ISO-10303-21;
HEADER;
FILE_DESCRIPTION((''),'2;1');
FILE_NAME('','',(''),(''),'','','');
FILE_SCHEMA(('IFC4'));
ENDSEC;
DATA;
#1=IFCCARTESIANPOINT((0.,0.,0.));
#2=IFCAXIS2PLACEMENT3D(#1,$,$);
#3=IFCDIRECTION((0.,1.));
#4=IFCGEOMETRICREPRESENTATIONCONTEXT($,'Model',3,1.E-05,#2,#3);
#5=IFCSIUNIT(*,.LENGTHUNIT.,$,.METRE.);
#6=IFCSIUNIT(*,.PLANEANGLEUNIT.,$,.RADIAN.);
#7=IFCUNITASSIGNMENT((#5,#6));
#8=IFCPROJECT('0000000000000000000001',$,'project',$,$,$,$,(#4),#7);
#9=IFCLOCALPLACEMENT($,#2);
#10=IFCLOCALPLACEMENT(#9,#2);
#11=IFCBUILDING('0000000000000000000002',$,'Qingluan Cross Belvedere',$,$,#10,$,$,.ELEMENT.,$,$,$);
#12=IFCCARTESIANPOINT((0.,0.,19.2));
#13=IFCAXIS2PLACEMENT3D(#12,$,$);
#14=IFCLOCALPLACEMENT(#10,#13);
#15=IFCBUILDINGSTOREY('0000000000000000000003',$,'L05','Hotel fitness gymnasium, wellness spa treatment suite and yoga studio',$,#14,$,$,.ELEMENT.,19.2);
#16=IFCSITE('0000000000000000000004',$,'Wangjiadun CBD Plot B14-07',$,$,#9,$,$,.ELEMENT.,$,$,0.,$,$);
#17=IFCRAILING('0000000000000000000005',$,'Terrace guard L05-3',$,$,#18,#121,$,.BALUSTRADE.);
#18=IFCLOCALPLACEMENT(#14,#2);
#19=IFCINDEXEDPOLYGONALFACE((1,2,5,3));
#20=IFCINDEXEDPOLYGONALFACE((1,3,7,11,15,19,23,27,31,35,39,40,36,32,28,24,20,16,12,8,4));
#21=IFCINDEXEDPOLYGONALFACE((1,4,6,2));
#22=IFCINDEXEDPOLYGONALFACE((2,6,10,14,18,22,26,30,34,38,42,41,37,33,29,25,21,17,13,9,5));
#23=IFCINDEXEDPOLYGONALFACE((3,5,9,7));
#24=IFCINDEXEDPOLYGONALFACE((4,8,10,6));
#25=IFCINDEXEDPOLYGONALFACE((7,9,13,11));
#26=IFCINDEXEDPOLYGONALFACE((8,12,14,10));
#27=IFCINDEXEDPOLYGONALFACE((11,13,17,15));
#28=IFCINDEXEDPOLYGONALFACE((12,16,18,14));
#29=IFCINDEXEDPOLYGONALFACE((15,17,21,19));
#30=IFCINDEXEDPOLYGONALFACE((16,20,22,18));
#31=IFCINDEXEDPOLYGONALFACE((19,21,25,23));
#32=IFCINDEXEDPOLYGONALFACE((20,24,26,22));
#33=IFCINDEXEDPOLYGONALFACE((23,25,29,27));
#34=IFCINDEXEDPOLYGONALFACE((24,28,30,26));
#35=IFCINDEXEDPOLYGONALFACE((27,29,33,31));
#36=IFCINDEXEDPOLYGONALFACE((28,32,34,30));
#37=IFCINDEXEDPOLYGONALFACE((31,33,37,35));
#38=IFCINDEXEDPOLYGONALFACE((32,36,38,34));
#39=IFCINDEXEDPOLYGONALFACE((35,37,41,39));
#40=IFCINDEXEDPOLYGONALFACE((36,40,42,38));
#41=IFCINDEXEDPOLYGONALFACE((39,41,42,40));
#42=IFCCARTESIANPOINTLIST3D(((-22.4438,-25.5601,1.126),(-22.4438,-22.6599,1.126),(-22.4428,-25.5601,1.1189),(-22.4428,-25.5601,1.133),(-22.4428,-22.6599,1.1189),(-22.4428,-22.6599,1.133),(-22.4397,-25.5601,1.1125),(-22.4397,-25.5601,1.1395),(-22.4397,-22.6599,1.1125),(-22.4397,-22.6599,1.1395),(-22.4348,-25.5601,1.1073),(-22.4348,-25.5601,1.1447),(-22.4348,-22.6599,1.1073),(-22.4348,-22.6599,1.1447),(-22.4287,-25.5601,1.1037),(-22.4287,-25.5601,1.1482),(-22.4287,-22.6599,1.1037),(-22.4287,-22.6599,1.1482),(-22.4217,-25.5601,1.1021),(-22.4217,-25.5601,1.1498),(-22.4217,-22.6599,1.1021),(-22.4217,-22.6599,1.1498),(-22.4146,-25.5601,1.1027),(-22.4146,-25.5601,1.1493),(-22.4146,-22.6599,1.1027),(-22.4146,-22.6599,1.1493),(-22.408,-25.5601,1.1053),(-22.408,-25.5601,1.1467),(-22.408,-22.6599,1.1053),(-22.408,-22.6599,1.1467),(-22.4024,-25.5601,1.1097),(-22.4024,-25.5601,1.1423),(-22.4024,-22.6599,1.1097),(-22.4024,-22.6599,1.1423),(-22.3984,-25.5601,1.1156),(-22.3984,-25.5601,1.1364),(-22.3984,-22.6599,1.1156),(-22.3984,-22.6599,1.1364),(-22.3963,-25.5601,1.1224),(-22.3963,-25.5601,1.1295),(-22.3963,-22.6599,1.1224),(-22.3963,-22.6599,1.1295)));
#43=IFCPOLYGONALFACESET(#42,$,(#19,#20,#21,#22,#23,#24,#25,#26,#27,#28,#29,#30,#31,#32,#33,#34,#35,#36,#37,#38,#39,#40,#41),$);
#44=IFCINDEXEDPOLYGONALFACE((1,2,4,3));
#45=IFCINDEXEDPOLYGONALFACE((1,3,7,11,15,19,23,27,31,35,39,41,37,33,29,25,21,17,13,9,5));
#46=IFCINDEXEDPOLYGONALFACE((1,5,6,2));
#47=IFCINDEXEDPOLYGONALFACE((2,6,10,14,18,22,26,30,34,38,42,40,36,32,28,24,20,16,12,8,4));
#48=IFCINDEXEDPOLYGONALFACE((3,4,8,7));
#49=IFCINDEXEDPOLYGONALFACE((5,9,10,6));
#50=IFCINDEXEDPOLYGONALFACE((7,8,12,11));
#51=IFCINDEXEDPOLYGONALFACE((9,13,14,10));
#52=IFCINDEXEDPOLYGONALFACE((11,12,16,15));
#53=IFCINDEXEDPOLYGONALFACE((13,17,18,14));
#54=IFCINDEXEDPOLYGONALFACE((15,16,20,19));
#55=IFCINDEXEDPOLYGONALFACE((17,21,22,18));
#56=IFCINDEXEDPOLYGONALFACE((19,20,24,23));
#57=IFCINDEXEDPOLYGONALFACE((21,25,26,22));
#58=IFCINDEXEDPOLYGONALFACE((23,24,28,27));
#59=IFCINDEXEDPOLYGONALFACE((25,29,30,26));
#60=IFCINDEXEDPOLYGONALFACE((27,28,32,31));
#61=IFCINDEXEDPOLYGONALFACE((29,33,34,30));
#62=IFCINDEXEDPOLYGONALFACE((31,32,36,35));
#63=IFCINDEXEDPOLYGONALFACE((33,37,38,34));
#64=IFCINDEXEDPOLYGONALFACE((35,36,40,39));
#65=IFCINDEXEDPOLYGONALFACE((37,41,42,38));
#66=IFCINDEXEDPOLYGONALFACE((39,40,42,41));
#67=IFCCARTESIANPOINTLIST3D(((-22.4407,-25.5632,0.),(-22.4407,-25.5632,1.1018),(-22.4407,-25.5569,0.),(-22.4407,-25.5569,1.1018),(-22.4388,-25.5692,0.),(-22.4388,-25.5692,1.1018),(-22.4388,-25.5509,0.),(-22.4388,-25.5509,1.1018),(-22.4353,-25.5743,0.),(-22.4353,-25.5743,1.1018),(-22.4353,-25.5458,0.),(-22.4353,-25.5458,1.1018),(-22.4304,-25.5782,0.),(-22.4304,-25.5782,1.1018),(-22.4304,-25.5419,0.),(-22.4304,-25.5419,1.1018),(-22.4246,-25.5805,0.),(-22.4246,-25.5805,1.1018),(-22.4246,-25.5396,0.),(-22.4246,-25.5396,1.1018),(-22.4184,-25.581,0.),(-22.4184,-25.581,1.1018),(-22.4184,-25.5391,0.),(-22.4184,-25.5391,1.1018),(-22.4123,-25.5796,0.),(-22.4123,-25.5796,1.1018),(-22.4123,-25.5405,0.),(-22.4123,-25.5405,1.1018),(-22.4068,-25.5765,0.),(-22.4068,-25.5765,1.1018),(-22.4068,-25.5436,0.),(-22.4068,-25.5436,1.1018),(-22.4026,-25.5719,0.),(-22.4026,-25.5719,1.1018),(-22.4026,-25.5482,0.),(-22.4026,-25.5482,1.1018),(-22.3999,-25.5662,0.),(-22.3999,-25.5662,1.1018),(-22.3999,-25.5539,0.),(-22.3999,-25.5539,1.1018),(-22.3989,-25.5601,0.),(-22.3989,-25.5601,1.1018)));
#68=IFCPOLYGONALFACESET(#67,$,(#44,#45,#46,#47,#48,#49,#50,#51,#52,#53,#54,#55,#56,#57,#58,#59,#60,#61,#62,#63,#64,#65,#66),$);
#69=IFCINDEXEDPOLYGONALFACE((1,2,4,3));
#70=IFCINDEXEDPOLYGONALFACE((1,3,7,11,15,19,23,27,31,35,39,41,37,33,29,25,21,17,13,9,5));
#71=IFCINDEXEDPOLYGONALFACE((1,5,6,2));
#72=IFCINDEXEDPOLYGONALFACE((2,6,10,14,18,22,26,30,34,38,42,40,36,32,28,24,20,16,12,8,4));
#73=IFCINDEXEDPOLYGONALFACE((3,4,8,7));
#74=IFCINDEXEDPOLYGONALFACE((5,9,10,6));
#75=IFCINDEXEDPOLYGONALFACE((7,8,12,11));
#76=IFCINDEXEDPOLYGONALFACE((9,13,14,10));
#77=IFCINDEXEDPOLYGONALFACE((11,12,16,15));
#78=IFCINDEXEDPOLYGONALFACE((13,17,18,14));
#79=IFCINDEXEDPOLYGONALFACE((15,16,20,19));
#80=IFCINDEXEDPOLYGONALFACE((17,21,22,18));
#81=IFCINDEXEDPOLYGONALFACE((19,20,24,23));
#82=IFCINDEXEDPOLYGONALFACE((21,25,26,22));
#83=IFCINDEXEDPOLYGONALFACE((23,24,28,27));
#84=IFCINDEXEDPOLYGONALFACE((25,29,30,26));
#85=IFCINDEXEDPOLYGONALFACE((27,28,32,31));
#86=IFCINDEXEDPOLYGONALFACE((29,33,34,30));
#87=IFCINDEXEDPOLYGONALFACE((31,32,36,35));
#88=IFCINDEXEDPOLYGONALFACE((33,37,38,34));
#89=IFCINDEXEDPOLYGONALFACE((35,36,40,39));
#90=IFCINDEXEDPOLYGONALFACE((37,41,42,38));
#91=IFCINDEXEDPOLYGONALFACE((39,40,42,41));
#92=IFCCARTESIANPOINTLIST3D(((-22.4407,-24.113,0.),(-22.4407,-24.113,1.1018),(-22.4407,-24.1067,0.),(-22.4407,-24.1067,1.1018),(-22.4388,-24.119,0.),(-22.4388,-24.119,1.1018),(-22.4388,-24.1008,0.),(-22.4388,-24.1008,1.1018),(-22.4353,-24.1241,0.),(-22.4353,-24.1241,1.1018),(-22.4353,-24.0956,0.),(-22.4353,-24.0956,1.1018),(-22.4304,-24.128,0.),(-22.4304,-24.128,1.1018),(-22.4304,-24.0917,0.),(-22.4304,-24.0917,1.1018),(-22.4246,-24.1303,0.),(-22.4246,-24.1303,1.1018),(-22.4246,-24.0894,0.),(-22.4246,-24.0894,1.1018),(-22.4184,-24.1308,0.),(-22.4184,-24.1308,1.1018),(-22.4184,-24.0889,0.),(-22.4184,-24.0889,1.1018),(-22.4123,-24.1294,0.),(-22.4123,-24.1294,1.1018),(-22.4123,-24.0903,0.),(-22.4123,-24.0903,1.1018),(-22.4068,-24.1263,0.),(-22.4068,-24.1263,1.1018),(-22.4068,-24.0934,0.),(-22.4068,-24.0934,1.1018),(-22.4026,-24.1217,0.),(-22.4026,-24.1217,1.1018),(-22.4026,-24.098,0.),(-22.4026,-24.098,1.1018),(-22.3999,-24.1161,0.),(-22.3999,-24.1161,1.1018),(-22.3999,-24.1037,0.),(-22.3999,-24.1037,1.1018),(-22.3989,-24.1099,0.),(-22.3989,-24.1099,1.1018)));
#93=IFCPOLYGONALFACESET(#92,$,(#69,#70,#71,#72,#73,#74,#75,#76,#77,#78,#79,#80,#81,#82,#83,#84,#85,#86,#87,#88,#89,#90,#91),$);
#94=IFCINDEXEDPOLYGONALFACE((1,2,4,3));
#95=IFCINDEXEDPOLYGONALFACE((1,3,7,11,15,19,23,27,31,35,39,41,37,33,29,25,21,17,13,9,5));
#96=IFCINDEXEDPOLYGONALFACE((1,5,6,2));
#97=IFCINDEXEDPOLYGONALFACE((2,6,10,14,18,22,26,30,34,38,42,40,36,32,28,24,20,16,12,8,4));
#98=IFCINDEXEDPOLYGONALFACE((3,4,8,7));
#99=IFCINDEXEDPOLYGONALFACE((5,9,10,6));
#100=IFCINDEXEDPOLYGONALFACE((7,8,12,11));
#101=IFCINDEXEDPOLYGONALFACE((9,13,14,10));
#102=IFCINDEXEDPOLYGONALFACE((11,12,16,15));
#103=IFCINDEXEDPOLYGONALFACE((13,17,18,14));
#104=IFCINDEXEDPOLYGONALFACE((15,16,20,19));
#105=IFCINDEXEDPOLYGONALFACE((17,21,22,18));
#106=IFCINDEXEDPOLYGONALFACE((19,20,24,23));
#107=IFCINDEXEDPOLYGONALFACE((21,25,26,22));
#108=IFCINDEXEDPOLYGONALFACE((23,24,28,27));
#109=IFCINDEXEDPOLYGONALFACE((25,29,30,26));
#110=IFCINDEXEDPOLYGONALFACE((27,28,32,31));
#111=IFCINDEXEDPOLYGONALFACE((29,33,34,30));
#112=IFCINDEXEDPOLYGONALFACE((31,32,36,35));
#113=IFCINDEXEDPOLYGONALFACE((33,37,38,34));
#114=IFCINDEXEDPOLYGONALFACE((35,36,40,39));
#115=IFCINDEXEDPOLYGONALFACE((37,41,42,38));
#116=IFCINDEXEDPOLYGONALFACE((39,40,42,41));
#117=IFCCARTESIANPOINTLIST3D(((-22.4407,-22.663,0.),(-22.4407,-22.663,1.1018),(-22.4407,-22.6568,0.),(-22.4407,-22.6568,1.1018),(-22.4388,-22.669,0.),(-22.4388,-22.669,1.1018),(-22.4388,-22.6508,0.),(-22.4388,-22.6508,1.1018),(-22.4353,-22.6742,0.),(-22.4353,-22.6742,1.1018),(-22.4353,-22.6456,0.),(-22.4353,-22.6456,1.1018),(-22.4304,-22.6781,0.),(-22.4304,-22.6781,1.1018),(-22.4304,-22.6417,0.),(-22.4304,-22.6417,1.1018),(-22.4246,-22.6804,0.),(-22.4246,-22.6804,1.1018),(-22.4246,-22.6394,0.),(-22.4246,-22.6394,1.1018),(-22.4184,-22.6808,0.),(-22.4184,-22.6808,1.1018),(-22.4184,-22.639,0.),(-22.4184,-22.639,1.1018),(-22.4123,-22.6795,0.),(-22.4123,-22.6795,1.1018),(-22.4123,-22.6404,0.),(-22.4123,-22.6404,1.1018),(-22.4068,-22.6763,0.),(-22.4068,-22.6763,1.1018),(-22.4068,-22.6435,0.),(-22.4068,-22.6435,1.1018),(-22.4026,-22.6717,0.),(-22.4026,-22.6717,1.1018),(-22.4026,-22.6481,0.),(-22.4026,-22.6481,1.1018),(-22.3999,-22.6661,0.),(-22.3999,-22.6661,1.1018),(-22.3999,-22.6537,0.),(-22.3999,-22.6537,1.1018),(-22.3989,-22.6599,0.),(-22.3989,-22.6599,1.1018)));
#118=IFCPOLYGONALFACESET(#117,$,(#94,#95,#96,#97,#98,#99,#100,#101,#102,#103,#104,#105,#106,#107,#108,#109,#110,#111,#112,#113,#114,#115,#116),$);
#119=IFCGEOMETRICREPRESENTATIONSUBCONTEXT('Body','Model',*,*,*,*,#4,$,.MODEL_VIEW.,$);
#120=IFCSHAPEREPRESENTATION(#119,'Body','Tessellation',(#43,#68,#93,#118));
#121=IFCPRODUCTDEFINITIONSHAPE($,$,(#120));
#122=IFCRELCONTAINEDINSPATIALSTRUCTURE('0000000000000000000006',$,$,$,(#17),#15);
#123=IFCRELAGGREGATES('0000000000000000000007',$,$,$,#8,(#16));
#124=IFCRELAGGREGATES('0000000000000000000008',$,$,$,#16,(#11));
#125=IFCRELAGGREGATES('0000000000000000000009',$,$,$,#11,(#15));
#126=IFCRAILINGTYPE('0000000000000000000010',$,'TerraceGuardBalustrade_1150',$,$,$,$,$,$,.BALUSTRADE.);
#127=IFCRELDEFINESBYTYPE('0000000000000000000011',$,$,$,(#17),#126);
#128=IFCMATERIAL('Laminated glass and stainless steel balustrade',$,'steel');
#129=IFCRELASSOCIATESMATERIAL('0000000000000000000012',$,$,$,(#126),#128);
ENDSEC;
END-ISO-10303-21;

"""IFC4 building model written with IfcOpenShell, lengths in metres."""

from ifc_helpers import new_model, si_unit, direction, frame, origin, origin_2d, place, context, subcontext, project, spatial, circle, extrude, material, type_object, element, save


model = new_model("IFC4")

# Units and contexts
model_context = context("Model", 3, precision=1e-05, world=origin(), true_north=direction((0.0, 1.0)))
body_context = subcontext(model_context, "Body", "Model", "MODEL_VIEW")
ifc_project = project(units=[si_unit("LENGTHUNIT", "METRE"), si_unit("PLANEANGLEUNIT", "RADIAN")], contexts=[model_context])

# Site, building, storey
site_placement = place(None, origin())
site = spatial("IfcSite", under=ifc_project, at=site_placement, Name="Wangjiadun CBD Plot B14-07", CompositionType="ELEMENT", RefElevation=0.0)
building_placement = place(site_placement, origin())
building = spatial("IfcBuilding", under=site, at=building_placement, Name="Qingluan Cross Belvedere", CompositionType="ELEMENT")
storey_placement = place(building_placement, frame((0.0, 0.0, 19.2)))
storey = spatial("IfcBuildingStorey", under=building, at=storey_placement, Name="L05", Description="Hotel fitness gymnasium, wellness spa treatment suite and yoga studio", CompositionType="ELEMENT", Elevation=19.2)

# Railing
ifc_material_1 = material(Name="Laminated glass and stainless steel balustrade", Category="steel")
railing_type = type_object("IfcRailingType", Name="TerraceGuardBalustrade_1150", PredefinedType="BALUSTRADE", material=ifc_material_1)
railing_1_placement = place(storey_placement, frame((-22.4199, -25.5601, 0.0)))
element("IfcRailing", 1, at=railing_1_placement, inside=storey, type_object=railing_type, Name="Terrace guard L05-3", PredefinedType="BALUSTRADE", context=body_context, shape_type="SweptSolid", body=[
    extrude(circle(Radius=0.0239, at=origin_2d()), frame((0.0, 0.0, 1.126), z_axis=(0.0, 1.0, 0.0), x_axis=(-1.0, 0.0, 0.0)), (0.0, 0.0, 1.0), 2.9001),
    extrude(circle(Radius=0.021, at=origin_2d()), origin(), (0.0, 0.0, 1.0), 1.1018),
    extrude(circle(Radius=0.021, at=origin_2d()), frame((0.0, 1.4502, 0.0)), (0.0, 0.0, 1.0), 1.1018),
    extrude(circle(Radius=0.021, at=origin_2d()), frame((0.0, 2.9001, 0.0)), (0.0, 0.0, 1.0), 1.1018),
])

save(model, "model.ifc")
